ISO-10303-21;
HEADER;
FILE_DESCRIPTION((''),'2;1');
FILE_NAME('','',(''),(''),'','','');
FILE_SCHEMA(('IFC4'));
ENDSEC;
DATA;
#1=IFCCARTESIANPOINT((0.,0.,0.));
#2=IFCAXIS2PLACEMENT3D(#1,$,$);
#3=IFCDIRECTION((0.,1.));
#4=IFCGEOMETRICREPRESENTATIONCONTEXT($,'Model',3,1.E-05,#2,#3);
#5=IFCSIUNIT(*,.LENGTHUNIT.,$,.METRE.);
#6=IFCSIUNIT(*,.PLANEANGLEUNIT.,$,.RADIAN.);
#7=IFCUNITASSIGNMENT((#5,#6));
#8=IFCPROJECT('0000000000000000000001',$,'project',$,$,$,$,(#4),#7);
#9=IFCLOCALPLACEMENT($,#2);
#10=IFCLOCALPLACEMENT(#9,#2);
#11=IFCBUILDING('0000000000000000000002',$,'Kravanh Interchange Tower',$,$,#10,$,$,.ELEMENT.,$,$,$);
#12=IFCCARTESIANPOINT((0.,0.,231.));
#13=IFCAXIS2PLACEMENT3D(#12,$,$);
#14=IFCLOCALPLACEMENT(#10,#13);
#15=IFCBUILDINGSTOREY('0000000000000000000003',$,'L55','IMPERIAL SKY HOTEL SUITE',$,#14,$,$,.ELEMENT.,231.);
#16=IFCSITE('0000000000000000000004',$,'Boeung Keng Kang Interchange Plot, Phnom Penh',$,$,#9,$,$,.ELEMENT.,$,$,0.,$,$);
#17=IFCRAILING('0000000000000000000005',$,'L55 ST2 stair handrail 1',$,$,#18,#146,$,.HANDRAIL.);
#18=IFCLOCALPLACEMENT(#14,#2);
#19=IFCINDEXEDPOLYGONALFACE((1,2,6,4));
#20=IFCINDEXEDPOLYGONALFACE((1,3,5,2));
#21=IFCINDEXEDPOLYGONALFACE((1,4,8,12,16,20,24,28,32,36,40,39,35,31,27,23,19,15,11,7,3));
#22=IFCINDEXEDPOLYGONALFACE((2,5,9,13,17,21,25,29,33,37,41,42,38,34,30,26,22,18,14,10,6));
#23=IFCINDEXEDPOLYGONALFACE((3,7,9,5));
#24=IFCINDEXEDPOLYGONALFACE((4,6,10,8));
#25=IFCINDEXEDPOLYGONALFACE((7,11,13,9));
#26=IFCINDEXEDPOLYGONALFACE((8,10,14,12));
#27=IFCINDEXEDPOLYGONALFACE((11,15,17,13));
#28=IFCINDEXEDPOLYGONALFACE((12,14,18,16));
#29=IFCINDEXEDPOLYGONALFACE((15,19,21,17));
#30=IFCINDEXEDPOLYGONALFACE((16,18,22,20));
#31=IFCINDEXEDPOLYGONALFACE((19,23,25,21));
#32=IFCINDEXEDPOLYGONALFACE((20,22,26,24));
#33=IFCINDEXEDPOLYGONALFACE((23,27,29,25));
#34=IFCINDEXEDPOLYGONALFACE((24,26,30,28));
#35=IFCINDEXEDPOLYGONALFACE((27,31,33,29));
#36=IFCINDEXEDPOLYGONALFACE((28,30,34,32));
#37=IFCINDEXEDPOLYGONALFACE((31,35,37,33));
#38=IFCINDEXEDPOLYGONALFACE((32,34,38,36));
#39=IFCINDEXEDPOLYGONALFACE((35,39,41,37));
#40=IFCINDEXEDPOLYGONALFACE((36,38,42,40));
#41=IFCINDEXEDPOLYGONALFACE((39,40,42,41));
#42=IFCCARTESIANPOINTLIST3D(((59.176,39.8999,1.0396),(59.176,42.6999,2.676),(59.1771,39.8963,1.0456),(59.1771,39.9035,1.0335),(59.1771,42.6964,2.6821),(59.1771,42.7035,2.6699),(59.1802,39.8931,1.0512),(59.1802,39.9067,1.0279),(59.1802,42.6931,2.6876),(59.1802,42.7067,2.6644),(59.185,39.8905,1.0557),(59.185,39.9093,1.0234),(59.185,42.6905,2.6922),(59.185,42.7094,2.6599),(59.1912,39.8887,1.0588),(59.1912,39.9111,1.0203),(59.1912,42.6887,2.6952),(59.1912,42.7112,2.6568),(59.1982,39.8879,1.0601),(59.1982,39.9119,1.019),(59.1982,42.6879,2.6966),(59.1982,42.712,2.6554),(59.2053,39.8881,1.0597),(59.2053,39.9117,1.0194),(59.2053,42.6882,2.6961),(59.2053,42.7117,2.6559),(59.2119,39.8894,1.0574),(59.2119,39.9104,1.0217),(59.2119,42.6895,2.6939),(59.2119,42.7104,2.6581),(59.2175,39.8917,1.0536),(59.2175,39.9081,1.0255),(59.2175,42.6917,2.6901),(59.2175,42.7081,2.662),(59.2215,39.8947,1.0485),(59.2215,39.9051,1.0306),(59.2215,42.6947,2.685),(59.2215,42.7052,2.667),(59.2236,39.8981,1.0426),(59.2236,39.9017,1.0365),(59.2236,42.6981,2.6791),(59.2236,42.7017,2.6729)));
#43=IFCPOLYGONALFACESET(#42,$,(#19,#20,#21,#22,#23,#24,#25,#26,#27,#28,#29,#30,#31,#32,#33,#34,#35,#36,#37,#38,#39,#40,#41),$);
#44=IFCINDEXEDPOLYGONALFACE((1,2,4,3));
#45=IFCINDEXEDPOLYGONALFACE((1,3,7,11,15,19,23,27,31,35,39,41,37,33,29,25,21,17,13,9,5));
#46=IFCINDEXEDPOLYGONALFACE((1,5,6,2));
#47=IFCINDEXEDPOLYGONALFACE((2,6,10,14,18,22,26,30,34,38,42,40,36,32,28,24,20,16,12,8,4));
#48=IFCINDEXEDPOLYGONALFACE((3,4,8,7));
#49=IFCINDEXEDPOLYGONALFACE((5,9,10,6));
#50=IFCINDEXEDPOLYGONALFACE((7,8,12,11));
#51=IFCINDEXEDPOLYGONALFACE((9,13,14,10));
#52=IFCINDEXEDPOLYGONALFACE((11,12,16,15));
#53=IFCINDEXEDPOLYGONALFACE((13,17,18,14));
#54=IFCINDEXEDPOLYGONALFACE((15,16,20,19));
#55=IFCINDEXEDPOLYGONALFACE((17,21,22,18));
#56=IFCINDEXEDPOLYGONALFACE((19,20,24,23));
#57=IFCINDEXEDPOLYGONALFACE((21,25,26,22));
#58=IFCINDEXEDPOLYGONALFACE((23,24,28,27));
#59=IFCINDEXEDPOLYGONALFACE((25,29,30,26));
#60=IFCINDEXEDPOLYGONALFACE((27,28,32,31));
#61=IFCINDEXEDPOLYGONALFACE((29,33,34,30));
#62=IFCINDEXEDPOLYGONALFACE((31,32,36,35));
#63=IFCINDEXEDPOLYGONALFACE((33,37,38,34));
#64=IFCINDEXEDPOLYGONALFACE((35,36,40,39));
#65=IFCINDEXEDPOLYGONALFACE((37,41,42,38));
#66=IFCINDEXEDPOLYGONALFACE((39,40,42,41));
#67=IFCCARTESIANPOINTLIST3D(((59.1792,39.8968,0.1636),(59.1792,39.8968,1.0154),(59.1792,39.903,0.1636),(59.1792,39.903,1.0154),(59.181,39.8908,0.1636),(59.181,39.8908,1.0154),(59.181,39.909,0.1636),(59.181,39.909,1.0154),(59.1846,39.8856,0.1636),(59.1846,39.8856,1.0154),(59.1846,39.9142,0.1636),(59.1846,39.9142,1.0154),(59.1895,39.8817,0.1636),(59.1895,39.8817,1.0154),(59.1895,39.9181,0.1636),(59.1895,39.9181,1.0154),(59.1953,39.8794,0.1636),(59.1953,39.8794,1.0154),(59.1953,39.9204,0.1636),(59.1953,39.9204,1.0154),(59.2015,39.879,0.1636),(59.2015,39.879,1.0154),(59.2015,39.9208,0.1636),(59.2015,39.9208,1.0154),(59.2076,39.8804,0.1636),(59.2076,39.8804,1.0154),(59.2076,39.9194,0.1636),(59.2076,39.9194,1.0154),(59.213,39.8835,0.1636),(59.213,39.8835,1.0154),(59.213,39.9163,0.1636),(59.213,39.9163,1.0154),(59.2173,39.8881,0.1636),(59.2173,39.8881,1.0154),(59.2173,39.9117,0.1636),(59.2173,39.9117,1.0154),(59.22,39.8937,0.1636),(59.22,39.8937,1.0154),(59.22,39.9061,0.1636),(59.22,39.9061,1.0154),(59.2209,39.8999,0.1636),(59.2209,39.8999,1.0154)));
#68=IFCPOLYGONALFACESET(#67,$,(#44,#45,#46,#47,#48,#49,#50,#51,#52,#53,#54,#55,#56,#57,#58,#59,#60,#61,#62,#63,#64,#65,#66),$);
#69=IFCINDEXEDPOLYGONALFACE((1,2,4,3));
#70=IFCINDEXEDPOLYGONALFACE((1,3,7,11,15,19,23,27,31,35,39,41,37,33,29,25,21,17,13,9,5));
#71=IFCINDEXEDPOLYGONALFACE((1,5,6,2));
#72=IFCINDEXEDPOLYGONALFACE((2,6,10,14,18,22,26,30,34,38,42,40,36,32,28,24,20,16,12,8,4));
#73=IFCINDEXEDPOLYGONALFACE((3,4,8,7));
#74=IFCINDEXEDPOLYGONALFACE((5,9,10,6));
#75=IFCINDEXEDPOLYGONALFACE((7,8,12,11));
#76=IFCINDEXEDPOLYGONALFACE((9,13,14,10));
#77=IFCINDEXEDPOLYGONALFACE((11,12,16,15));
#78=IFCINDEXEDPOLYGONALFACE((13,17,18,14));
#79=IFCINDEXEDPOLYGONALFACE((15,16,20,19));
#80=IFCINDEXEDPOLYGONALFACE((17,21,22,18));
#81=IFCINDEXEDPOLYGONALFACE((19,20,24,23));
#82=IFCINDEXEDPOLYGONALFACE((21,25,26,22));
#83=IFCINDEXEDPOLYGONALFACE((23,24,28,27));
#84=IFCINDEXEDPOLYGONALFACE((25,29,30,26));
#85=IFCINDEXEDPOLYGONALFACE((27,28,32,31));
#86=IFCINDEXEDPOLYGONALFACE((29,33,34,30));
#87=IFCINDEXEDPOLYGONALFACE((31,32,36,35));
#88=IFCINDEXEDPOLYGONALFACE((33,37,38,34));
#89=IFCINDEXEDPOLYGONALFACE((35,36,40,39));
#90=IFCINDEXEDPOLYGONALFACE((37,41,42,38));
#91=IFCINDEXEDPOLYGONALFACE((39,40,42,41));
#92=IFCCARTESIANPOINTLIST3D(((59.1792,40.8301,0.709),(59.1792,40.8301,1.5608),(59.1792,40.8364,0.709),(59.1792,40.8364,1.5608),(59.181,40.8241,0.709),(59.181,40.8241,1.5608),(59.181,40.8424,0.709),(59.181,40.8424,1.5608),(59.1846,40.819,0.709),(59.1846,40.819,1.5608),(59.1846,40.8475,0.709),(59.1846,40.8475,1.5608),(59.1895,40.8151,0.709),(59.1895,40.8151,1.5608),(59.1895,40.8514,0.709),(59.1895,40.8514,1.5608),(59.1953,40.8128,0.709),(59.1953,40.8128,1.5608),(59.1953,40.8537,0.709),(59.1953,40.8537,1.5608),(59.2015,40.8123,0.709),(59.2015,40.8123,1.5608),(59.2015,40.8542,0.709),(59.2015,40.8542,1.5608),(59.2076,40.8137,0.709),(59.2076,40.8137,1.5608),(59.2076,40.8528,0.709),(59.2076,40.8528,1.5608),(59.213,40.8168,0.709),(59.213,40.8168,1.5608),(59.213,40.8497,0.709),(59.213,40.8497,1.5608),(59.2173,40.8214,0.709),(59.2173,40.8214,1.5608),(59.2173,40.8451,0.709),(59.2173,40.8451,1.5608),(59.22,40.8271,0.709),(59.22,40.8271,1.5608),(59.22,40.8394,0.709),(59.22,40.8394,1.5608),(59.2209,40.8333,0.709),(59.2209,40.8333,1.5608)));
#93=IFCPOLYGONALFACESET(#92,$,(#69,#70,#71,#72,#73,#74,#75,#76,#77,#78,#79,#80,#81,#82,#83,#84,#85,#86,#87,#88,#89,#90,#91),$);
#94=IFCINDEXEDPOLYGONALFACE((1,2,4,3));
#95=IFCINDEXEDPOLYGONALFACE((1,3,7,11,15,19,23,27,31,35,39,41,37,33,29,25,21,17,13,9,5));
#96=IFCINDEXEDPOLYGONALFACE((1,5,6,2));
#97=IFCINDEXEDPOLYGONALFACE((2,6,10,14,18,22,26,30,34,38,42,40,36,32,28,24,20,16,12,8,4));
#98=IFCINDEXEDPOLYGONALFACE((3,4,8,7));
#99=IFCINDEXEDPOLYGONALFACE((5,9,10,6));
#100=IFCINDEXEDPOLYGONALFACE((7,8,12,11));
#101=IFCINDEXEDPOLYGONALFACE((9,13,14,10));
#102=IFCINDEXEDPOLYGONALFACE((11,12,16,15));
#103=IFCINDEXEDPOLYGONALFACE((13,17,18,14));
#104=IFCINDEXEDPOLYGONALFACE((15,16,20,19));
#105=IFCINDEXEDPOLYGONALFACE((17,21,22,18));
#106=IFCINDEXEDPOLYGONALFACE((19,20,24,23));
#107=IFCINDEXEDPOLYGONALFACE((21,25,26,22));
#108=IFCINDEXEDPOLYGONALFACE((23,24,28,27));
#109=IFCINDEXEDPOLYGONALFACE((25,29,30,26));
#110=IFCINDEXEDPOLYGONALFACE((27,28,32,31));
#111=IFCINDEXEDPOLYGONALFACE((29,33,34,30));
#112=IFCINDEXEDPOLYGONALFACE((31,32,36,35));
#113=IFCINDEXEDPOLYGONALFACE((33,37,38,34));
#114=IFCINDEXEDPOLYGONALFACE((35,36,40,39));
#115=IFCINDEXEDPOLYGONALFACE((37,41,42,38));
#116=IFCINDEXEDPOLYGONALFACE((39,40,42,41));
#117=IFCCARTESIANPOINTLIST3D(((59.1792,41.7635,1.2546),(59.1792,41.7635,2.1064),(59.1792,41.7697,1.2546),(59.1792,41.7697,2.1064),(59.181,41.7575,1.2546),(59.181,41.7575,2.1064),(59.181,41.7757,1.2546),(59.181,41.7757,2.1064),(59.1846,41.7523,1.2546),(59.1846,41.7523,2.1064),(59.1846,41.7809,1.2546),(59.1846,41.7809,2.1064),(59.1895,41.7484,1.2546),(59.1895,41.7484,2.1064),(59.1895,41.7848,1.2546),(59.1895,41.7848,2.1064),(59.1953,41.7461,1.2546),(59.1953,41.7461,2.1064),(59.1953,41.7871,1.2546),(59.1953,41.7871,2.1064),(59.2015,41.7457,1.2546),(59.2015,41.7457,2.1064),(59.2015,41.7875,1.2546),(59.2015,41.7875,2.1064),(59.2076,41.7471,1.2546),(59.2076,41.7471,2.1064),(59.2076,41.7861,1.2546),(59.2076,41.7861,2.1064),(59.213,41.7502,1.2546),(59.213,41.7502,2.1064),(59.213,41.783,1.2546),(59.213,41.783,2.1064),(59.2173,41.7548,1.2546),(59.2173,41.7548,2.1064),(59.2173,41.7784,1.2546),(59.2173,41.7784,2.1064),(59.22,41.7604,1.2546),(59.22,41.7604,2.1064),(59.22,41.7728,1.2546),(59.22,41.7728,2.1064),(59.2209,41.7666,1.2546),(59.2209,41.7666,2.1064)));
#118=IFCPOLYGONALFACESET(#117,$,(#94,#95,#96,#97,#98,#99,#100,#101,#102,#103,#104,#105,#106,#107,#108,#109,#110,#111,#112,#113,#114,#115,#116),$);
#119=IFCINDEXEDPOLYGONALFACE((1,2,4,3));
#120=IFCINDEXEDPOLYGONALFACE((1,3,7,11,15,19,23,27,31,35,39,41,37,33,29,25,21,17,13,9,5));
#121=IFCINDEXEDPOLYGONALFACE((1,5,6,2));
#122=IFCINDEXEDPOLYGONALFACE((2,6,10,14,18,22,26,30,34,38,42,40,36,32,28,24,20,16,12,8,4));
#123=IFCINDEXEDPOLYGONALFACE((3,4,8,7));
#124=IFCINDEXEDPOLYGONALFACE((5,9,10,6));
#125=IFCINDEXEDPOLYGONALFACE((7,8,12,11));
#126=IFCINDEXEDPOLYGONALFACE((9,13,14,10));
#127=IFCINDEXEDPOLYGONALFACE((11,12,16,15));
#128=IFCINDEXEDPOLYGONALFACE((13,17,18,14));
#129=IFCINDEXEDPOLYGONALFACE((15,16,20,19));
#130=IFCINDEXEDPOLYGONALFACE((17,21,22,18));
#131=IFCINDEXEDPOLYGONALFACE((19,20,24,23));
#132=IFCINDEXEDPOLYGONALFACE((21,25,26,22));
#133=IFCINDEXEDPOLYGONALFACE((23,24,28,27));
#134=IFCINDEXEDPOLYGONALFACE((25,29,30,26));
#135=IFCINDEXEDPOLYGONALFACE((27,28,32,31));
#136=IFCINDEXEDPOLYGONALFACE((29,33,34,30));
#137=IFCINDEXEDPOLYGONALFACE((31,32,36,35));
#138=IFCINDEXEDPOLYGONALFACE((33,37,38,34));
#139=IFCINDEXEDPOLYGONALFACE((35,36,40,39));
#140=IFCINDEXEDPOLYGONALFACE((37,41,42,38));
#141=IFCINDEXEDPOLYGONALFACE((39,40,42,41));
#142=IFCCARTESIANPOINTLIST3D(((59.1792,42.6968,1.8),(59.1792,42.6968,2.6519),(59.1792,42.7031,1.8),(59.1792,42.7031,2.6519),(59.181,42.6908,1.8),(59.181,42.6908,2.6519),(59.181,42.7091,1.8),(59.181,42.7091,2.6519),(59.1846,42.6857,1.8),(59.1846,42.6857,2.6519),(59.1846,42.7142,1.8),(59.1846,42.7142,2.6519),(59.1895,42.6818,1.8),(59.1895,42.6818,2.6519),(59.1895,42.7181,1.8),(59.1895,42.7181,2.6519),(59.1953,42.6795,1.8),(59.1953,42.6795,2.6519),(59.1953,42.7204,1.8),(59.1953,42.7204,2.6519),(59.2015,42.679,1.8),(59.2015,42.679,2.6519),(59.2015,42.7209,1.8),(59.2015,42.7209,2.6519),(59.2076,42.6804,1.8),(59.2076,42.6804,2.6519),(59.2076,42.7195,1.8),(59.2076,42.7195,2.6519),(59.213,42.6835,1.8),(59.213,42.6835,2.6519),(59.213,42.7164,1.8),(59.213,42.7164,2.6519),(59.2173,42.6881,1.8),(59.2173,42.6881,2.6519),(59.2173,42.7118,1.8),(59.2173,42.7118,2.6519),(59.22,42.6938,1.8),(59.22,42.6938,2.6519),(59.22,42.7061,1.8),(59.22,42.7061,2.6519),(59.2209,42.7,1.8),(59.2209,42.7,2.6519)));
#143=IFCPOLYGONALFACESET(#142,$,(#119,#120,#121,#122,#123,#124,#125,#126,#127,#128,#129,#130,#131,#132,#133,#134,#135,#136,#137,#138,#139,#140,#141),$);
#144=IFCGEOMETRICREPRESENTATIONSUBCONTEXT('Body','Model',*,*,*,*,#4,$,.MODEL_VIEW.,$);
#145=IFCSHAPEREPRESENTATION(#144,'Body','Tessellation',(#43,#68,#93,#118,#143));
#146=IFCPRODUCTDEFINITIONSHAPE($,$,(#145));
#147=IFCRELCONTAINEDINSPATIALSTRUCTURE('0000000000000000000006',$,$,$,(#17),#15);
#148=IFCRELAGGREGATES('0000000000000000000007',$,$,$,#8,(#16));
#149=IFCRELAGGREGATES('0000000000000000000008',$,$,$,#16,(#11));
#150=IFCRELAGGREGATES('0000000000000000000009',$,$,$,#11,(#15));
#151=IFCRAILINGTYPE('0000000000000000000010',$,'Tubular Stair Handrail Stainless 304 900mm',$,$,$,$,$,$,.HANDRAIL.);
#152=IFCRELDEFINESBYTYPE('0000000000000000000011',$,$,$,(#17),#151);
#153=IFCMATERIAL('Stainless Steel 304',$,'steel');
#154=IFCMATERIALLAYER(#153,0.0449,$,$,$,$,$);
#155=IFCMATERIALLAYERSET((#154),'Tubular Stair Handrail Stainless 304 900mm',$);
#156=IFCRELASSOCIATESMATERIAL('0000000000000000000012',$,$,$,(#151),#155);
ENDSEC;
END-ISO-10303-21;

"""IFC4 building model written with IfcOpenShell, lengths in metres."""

from ifc_helpers import new_model, si_unit, direction, frame, origin, origin_2d, place, context, subcontext, project, spatial, circle, extrude, material, layer, layer_set, type_object, element, save


model = new_model("IFC4")

# Units and contexts
model_context = context("Model", 3, precision=1e-05, world=origin(), true_north=direction((0.0, 1.0)))
body_context = subcontext(model_context, "Body", "Model", "MODEL_VIEW")
ifc_project = project(units=[si_unit("LENGTHUNIT", "METRE"), si_unit("PLANEANGLEUNIT", "RADIAN")], contexts=[model_context])

# Site, building, storey
site_placement = place(None, origin())
site = spatial("IfcSite", under=ifc_project, at=site_placement, Name="Boeung Keng Kang Interchange Plot, Phnom Penh", CompositionType="ELEMENT", RefElevation=0.0)
building_placement = place(site_placement, origin())
building = spatial("IfcBuilding", under=site, at=building_placement, Name="Kravanh Interchange Tower", CompositionType="ELEMENT")
storey_placement = place(building_placement, frame((0.0, 0.0, 231.0)))
storey = spatial("IfcBuildingStorey", under=building, at=storey_placement, Name="L55", Description="IMPERIAL SKY HOTEL SUITE", CompositionType="ELEMENT", Elevation=231.0)

# Railing
ifc_material_1 = material(Name="Stainless Steel 304", Category="steel")
ifc_layer_1 = layer(ifc_material_1, 0.0449)
ifc_layer_set_1 = layer_set([ifc_layer_1], Name="Tubular Stair Handrail Stainless 304 900mm")
railing_type_1 = type_object("IfcRailingType", Name="Tubular Stair Handrail Stainless 304 900mm", PredefinedType="HANDRAIL", material=ifc_layer_set_1)
railing_1_placement = place(storey_placement, frame((59.2, 39.8999, 0.1636)))
element("IfcRailing", 1, at=railing_1_placement, inside=storey, type_object=railing_type_1, Name="L55 ST2 stair handrail 1", PredefinedType="HANDRAIL", context=body_context, shape_type="SweptSolid", body=[
    extrude(circle(Radius=0.0239, at=origin_2d()), frame((0.0, 0.0, 0.876), z_axis=(0.0, 0.863361, 0.504587), x_axis=(-1.0, 0.0, 0.0)), (0.0, 0.0, 1.0), 3.2432),
    extrude(circle(Radius=0.021, at=origin_2d()), origin(), (0.0, 0.0, 1.0), 0.8518),
    extrude(circle(Radius=0.021, at=origin_2d()), frame((0.0, 0.9333, 0.5454)), (0.0, 0.0, 1.0), 0.8518),
    extrude(circle(Radius=0.021, at=origin_2d()), frame((0.0, 1.8667, 1.0911)), (0.0, 0.0, 1.0), 0.8518),
    extrude(circle(Radius=0.021, at=origin_2d()), frame((0.0, 2.8, 1.6365)), (0.0, 0.0, 1.0), 0.8518),
])

save(model, "model.ifc")
